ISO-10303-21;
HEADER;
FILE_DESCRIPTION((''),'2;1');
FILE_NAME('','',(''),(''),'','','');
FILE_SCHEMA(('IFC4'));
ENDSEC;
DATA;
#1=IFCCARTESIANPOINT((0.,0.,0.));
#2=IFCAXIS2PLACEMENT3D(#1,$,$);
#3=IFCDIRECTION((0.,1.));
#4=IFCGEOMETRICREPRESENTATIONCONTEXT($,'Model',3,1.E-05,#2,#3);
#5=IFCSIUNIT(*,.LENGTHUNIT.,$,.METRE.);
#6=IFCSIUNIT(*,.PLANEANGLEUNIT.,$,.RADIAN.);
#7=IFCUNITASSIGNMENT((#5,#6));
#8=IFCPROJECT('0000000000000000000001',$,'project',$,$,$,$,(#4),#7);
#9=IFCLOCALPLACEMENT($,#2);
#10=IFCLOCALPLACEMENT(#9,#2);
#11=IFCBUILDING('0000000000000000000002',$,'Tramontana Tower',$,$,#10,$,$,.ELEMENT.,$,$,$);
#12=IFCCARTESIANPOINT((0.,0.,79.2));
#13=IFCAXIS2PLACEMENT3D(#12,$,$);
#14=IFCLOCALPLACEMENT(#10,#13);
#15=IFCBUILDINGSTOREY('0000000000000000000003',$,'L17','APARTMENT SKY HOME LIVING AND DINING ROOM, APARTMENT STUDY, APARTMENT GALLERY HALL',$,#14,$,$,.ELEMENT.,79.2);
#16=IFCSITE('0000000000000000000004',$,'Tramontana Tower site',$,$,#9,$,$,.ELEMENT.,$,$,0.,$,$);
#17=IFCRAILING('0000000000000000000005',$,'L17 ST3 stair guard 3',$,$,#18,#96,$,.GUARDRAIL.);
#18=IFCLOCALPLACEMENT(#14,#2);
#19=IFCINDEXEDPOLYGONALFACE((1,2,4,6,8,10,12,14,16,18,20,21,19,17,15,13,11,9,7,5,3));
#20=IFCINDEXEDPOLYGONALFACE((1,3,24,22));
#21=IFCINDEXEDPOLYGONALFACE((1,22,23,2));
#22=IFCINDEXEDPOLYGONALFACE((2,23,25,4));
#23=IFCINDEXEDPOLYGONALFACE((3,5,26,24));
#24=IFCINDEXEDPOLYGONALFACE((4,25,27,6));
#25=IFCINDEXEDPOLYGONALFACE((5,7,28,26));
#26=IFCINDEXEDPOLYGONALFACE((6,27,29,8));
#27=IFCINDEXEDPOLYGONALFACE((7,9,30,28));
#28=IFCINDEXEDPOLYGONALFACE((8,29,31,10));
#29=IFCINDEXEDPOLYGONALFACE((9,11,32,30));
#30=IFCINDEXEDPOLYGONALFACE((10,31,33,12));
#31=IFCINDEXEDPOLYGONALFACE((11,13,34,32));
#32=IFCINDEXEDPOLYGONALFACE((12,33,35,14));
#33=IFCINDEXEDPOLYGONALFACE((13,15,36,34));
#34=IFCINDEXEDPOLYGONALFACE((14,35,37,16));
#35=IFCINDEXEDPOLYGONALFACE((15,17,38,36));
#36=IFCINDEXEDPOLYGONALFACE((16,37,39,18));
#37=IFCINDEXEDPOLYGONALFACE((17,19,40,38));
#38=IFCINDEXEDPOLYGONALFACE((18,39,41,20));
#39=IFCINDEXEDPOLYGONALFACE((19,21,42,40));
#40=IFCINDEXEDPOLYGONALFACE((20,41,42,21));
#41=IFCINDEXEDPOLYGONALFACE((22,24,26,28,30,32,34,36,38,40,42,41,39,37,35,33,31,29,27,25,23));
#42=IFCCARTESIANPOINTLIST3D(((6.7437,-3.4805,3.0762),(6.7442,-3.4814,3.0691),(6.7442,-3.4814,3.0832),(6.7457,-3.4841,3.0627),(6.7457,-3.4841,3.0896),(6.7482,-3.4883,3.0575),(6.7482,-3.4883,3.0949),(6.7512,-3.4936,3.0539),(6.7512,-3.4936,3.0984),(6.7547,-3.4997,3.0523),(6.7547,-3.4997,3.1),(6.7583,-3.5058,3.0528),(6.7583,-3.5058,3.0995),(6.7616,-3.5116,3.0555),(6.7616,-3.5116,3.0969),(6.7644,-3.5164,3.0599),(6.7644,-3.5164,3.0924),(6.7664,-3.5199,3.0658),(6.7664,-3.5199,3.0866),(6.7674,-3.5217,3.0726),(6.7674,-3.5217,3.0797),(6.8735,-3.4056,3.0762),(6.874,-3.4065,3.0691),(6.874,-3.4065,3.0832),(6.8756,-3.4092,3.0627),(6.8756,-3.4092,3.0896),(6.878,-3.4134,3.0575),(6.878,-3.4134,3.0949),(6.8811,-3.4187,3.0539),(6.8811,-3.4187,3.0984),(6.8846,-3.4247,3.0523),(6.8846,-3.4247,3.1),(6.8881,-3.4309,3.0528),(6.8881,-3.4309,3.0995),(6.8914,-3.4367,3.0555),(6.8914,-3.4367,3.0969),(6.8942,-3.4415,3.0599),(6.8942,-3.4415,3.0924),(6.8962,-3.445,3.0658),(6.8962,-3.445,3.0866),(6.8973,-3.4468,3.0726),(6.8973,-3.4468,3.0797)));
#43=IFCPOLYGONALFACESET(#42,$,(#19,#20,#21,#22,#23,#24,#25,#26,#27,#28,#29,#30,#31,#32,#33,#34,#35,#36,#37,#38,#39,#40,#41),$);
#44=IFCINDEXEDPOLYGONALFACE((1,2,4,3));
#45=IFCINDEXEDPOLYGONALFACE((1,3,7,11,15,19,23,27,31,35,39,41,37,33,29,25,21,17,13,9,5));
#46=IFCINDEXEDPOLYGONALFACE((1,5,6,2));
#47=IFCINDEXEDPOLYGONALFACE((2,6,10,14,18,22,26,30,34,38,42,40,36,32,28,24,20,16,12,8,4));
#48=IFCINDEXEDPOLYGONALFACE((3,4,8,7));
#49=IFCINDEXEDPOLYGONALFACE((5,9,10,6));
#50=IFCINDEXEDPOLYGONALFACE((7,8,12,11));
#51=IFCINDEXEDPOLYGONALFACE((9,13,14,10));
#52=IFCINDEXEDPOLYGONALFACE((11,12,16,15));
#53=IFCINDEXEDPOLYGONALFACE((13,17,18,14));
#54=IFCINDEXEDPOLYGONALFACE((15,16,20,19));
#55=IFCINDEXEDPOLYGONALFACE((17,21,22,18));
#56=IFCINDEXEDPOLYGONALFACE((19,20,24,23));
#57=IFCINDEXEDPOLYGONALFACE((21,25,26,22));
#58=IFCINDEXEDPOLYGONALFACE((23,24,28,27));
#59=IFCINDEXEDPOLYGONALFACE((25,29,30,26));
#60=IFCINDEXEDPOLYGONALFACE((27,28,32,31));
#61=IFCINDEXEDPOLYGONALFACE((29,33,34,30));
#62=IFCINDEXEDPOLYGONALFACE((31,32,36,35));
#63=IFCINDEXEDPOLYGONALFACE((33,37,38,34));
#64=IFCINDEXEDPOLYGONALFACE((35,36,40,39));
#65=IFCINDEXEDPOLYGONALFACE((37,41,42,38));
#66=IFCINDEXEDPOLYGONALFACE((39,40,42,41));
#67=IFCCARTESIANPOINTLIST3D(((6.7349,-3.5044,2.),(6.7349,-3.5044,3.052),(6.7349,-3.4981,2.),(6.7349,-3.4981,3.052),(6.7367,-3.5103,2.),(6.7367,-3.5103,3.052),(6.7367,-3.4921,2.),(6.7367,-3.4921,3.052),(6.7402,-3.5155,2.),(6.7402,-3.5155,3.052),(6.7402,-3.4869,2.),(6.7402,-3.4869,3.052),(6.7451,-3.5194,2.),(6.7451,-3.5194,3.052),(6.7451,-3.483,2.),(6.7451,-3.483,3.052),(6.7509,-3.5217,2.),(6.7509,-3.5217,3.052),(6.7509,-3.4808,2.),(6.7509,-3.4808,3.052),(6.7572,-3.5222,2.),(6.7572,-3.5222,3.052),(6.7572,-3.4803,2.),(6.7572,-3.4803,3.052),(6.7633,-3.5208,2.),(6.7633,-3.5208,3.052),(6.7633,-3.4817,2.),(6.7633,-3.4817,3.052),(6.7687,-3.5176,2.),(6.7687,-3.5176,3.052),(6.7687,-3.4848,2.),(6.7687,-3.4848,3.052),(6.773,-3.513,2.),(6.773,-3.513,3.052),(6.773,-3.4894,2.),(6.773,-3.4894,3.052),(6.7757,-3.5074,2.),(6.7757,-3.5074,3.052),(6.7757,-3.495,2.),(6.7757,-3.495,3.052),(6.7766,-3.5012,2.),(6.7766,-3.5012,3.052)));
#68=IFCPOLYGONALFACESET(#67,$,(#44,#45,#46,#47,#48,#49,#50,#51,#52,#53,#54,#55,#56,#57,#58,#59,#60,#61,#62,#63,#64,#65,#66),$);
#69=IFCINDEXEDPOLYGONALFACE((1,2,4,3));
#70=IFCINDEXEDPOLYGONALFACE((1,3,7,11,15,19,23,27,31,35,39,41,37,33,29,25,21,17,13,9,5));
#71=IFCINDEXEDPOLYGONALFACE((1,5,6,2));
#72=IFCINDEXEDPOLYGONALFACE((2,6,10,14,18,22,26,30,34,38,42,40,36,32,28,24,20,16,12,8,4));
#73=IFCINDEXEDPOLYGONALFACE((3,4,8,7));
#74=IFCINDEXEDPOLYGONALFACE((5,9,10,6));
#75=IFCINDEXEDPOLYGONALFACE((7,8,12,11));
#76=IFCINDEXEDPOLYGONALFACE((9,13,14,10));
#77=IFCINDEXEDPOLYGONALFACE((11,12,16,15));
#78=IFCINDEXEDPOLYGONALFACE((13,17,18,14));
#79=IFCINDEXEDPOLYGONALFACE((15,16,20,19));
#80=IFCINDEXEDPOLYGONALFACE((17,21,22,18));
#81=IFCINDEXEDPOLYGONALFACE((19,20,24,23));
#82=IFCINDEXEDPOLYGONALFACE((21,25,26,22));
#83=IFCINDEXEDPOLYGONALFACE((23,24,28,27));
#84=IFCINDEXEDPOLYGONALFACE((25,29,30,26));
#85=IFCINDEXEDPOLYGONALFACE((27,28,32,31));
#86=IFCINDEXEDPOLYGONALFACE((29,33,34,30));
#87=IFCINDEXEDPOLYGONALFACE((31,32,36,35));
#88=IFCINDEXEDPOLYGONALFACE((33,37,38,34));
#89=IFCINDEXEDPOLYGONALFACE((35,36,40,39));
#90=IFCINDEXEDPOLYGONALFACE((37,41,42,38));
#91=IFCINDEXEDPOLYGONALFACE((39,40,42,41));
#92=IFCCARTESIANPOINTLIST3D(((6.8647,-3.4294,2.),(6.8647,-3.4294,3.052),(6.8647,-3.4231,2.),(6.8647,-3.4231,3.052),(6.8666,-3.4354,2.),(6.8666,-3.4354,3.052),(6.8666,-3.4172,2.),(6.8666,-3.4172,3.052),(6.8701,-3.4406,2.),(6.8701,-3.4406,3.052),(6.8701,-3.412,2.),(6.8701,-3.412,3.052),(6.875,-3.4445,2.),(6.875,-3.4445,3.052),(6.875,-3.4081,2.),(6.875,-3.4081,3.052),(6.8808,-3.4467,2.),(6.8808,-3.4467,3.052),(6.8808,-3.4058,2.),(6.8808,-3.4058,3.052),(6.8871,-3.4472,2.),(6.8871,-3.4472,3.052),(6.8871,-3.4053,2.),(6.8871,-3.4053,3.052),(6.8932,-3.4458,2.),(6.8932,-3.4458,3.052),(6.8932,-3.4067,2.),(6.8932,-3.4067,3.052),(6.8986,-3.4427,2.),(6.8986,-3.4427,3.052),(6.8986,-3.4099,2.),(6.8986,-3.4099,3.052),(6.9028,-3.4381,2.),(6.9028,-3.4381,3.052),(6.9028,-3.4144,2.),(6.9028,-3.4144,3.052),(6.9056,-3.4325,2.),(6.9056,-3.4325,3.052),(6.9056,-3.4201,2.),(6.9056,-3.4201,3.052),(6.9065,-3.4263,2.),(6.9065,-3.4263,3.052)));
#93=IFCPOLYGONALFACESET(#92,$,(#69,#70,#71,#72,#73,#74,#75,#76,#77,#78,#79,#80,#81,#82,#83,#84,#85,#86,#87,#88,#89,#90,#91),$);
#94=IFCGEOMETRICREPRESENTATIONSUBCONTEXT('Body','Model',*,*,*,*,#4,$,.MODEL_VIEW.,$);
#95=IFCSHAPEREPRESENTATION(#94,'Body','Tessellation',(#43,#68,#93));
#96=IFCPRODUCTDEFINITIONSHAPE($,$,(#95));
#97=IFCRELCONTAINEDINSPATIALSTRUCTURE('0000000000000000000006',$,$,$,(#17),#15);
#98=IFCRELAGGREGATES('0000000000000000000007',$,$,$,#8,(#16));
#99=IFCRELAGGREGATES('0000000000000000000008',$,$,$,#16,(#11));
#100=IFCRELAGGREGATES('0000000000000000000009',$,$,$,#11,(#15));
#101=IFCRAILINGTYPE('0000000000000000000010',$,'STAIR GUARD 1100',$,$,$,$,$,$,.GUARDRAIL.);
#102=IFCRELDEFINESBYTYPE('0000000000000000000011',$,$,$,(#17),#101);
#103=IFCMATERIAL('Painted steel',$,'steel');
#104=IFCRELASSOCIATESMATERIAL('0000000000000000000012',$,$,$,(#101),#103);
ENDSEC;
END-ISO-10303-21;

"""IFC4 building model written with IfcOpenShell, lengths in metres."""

from ifc_helpers import new_model, si_unit, direction, frame, origin, origin_2d, place, context, subcontext, project, spatial, circle, extrude, material, type_object, element, save


model = new_model("IFC4")

# Units and contexts
model_context = context("Model", 3, precision=1e-05, world=origin(), true_north=direction((0.0, 1.0)))
body_context = subcontext(model_context, "Body", "Model", "MODEL_VIEW")
ifc_project = project(units=[si_unit("LENGTHUNIT", "METRE"), si_unit("PLANEANGLEUNIT", "RADIAN")], contexts=[model_context])

# Site, building, storey
site_placement = place(None, origin())
site = spatial("IfcSite", under=ifc_project, at=site_placement, Name="Tramontana Tower site", CompositionType="ELEMENT", RefElevation=0.0)
building_placement = place(site_placement, origin())
building = spatial("IfcBuilding", under=site, at=building_placement, Name="Tramontana Tower", CompositionType="ELEMENT")
storey_placement = place(building_placement, frame((0.0, 0.0, 79.2)))
storey = spatial("IfcBuildingStorey", under=building, at=storey_placement, Name="L17", Description="APARTMENT SKY HOME LIVING AND DINING ROOM, APARTMENT STUDY, APARTMENT GALLERY HALL", CompositionType="ELEMENT", Elevation=79.2)

# Railing
ifc_material_1 = material(Name="Painted steel", Category="steel")
railing_type_1 = type_object("IfcRailingType", Name="STAIR GUARD 1100", PredefinedType="GUARDRAIL", material=ifc_material_1)
railing_1_placement = place(storey_placement, frame((6.7556, -3.5012, 2.0)))
element("IfcRailing", 1, at=railing_1_placement, inside=storey, type_object=railing_type_1, Name="L17 ST3 stair guard 3", PredefinedType="GUARDRAIL", context=body_context, shape_type="SweptSolid", body=[
    extrude(circle(Radius=0.0239, at=origin_2d()), frame((0.0, 0.0, 1.0762), z_axis=(0.866131, 0.499816, 0.0), x_axis=(-0.499816, 0.866131, 0.0)), (0.0, 0.0, 1.0), 0.1499),
    extrude(circle(Radius=0.021, at=origin_2d()), origin(), (0.0, 0.0, 1.0), 1.052),
    extrude(circle(Radius=0.021, at=origin_2d()), frame((0.1299, 0.075, 0.0)), (0.0, 0.0, 1.0), 1.052),
])

save(model, "model.ifc")
